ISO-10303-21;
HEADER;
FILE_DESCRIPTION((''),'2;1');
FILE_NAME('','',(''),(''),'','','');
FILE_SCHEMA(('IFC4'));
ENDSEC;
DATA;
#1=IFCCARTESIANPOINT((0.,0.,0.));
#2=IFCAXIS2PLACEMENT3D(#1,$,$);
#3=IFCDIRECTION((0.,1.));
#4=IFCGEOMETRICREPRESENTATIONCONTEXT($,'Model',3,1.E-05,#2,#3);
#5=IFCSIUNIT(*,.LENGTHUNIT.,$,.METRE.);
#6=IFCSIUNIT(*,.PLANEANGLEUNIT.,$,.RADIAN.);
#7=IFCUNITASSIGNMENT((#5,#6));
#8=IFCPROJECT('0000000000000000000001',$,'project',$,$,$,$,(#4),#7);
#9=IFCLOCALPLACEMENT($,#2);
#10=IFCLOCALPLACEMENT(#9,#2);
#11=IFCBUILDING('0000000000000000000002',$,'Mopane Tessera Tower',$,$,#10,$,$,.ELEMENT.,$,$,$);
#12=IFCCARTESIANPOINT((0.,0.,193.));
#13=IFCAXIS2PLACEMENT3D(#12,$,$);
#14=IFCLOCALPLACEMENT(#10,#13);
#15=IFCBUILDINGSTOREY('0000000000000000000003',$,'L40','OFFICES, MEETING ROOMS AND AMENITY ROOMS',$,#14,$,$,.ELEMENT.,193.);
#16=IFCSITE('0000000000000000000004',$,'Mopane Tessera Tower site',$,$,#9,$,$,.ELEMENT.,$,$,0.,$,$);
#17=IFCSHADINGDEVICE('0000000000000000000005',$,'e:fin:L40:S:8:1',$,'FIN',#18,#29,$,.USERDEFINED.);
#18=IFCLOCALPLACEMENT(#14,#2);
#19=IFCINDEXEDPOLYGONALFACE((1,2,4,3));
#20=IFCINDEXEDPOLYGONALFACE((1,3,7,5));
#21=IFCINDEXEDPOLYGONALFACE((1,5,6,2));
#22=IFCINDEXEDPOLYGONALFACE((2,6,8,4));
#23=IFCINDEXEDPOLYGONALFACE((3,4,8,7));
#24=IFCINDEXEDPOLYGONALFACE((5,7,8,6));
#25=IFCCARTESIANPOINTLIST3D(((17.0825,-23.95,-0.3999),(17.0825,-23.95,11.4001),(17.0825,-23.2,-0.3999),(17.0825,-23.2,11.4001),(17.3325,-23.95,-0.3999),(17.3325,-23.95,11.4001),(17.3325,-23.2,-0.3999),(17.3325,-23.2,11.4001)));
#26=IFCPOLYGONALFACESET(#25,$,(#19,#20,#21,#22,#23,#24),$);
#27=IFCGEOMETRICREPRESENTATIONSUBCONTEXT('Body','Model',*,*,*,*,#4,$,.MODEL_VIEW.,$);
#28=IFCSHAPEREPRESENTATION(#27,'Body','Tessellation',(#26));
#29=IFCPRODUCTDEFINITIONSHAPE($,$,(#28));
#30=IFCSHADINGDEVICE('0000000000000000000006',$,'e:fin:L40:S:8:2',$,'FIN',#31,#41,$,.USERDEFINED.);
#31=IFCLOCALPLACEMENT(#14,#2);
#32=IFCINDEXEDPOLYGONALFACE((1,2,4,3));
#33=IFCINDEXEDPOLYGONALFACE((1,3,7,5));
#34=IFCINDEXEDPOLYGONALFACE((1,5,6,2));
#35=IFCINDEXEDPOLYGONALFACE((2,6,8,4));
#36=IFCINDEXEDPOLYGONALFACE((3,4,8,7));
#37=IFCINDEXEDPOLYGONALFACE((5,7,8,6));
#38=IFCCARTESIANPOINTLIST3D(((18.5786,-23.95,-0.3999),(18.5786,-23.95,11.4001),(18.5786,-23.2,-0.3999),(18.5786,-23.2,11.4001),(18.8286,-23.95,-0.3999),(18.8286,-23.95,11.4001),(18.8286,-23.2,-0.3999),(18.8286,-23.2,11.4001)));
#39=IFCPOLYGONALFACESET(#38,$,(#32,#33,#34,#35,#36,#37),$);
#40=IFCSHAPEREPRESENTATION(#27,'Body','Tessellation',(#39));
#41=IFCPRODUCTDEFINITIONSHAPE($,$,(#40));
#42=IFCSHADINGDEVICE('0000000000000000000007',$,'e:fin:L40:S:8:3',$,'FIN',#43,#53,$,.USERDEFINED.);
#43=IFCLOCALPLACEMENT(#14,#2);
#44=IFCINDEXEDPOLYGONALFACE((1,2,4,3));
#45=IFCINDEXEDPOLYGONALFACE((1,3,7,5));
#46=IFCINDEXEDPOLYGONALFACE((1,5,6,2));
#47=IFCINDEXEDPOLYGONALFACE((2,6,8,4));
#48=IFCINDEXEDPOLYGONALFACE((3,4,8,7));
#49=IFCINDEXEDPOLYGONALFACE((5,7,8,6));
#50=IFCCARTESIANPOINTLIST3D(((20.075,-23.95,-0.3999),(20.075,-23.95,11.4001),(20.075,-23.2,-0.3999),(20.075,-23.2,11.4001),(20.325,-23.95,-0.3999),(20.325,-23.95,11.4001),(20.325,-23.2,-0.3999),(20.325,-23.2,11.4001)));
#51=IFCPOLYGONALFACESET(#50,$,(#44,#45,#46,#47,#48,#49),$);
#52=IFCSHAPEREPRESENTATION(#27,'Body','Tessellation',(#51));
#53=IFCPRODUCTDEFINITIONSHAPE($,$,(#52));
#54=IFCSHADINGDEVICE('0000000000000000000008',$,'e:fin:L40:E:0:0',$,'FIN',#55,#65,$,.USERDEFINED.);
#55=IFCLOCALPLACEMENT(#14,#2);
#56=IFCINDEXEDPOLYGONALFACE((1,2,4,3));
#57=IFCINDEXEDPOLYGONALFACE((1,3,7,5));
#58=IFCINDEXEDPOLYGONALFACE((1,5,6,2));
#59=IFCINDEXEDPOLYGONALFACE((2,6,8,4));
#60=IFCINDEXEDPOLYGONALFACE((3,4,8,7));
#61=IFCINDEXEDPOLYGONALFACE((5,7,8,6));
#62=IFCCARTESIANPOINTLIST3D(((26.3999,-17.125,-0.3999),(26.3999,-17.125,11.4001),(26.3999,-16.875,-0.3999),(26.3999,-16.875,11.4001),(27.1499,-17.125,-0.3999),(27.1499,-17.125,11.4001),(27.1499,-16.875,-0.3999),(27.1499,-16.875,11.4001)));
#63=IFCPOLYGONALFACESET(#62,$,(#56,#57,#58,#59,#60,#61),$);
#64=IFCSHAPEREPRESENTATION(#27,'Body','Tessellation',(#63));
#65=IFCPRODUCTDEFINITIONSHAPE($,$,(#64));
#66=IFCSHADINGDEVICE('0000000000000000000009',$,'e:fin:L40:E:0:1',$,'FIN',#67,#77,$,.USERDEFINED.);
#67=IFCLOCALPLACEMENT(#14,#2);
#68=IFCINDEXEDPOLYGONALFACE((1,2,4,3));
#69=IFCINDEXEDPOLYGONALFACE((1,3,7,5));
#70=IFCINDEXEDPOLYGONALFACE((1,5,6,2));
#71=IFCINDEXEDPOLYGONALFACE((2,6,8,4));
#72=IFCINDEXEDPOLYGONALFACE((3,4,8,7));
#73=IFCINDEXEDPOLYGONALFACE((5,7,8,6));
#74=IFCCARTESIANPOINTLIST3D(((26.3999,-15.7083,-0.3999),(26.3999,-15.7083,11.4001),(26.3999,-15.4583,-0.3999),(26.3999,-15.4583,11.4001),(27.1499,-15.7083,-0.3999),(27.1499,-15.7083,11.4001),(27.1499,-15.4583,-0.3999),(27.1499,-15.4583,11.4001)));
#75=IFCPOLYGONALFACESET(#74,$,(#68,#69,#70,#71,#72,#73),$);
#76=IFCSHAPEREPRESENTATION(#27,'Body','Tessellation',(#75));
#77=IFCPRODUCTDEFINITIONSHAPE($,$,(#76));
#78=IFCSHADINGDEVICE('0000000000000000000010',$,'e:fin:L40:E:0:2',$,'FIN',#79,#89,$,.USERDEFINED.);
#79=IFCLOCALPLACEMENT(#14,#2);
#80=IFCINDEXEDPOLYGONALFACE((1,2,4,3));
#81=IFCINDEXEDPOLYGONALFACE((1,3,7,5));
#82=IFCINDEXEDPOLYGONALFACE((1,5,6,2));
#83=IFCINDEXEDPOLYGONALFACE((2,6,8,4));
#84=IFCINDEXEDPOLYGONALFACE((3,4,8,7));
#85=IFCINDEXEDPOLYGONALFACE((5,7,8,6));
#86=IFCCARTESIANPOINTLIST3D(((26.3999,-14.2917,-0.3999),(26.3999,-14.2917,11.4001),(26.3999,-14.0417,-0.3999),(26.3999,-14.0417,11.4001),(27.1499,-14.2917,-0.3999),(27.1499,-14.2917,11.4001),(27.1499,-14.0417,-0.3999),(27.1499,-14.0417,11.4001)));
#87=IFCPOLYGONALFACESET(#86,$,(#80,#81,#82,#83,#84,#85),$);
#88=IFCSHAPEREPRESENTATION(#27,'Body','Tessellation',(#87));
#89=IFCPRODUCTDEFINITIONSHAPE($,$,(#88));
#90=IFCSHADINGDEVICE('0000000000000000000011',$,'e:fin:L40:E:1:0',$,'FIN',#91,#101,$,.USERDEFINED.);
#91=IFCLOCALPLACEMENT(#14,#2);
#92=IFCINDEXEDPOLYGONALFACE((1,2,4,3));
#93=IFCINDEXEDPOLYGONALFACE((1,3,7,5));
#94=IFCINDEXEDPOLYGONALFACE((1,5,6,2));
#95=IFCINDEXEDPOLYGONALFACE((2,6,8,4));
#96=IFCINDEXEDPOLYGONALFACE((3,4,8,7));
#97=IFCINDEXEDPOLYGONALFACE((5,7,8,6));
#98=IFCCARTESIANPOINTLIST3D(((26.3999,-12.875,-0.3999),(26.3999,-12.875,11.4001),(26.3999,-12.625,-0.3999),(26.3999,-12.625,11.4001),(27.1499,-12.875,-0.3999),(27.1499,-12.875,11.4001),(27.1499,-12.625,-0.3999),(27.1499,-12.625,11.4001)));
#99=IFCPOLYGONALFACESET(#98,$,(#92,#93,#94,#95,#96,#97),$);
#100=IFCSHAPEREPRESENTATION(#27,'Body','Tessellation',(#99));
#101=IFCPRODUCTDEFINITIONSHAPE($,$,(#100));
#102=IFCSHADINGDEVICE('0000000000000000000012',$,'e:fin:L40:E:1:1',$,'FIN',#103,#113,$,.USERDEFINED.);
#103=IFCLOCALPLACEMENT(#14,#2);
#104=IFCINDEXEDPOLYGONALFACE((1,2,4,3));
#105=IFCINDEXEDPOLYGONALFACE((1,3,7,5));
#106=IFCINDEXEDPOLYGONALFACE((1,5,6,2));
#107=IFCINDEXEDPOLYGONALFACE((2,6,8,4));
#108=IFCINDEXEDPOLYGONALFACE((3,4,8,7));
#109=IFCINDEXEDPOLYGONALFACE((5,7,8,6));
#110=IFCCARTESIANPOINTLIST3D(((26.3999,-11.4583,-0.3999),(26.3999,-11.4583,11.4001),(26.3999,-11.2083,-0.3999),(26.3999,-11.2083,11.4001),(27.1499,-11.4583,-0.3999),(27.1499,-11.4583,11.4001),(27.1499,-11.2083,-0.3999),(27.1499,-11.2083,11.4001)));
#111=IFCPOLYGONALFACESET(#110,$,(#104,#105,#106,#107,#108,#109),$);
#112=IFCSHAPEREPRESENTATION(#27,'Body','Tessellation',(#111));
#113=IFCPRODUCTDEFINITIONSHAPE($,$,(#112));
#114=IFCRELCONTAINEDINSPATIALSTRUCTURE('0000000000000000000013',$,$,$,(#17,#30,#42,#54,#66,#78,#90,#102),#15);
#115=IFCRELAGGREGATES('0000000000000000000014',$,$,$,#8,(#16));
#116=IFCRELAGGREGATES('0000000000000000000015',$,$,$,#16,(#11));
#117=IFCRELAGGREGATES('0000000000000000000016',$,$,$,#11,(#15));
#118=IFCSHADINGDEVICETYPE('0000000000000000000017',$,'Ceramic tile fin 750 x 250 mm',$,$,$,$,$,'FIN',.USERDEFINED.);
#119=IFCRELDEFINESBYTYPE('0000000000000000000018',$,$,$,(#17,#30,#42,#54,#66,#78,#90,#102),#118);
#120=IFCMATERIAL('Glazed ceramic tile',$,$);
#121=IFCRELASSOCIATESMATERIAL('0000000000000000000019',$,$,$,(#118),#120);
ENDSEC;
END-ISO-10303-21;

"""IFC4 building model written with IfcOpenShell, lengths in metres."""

from ifc_helpers import new_model, si_unit, direction, frame, origin, origin_2d, place, context, subcontext, project, spatial, rectangle, extrude, material, type_object, element, save


model = new_model("IFC4")

# Units and contexts
model_context = context("Model", 3, precision=1e-05, world=origin(), true_north=direction((0.0, 1.0)))
body_context = subcontext(model_context, "Body", "Model", "MODEL_VIEW")
ifc_project = project(units=[si_unit("LENGTHUNIT", "METRE"), si_unit("PLANEANGLEUNIT", "RADIAN")], contexts=[model_context])

# Site, building, storey
site_placement = place(None, origin())
site = spatial("IfcSite", under=ifc_project, at=site_placement, Name="Mopane Tessera Tower site", CompositionType="ELEMENT", RefElevation=0.0)
building_placement = place(site_placement, origin())
building = spatial("IfcBuilding", under=site, at=building_placement, Name="Mopane Tessera Tower", CompositionType="ELEMENT")
storey_placement = place(building_placement, frame((0.0, 0.0, 193.0)))
storey = spatial("IfcBuildingStorey", under=building, at=storey_placement, Name="L40", Description="OFFICES, MEETING ROOMS AND AMENITY ROOMS", CompositionType="ELEMENT", Elevation=193.0)

# Shading devices
ifc_material_1 = material(Name="Glazed ceramic tile")
shading_device_type = type_object("IfcShadingDeviceType", Name="Ceramic tile fin 750 x 250 mm", ElementType="FIN", PredefinedType="USERDEFINED", material=ifc_material_1)
for number, where, z_axis, x_axis, name in (
    (1, (17.2075, -23.575, -0.3999), (0.0, 0.0, 1.0), (1.0, 0.0, 0.0), "e:fin:L40:S:8:1"),
    (2, (18.7036, -23.575, -0.3999), (0.0, 0.0, 1.0), (1.0, 0.0, 0.0), "e:fin:L40:S:8:2"),
    (3, (20.2, -23.575, -0.3999), (0.0, 0.0, 1.0), (1.0, 0.0, 0.0), "e:fin:L40:S:8:3"),
    (4, (26.7749, -17.0, -0.3999), (0.0, 0.0, 1.0), (0.0, 1.0, 0.0), "e:fin:L40:E:0:0"),
    (5, (26.7749, -15.5833, -0.3999), (0.0, 0.0, 1.0), (0.0, 1.0, 0.0), "e:fin:L40:E:0:1"),
    (6, (26.7749, -14.1667, -0.3999), (0.0, 0.0, 1.0), (0.0, 1.0, 0.0), "e:fin:L40:E:0:2"),
    (7, (26.7749, -12.75, -0.3999), (0.0, 0.0, 1.0), (0.0, 1.0, 0.0), "e:fin:L40:E:1:0"),
    (8, (26.7749, -11.3333, -0.3999), (0.0, 0.0, 1.0), (0.0, 1.0, 0.0), "e:fin:L40:E:1:1"),
):
    element("IfcShadingDevice", number, at=place(storey_placement, frame(where, z_axis=z_axis, x_axis=x_axis)), inside=storey, type_object=shading_device_type, Name=name, ObjectType="FIN", PredefinedType="USERDEFINED", context=body_context, shape_type="SweptSolid", body=[
        extrude(rectangle(XDim=0.25, YDim=0.75, at=origin_2d()), origin(), (0.0, 0.0, 1.0), 11.8),
    ])

save(model, "model.ifc")
